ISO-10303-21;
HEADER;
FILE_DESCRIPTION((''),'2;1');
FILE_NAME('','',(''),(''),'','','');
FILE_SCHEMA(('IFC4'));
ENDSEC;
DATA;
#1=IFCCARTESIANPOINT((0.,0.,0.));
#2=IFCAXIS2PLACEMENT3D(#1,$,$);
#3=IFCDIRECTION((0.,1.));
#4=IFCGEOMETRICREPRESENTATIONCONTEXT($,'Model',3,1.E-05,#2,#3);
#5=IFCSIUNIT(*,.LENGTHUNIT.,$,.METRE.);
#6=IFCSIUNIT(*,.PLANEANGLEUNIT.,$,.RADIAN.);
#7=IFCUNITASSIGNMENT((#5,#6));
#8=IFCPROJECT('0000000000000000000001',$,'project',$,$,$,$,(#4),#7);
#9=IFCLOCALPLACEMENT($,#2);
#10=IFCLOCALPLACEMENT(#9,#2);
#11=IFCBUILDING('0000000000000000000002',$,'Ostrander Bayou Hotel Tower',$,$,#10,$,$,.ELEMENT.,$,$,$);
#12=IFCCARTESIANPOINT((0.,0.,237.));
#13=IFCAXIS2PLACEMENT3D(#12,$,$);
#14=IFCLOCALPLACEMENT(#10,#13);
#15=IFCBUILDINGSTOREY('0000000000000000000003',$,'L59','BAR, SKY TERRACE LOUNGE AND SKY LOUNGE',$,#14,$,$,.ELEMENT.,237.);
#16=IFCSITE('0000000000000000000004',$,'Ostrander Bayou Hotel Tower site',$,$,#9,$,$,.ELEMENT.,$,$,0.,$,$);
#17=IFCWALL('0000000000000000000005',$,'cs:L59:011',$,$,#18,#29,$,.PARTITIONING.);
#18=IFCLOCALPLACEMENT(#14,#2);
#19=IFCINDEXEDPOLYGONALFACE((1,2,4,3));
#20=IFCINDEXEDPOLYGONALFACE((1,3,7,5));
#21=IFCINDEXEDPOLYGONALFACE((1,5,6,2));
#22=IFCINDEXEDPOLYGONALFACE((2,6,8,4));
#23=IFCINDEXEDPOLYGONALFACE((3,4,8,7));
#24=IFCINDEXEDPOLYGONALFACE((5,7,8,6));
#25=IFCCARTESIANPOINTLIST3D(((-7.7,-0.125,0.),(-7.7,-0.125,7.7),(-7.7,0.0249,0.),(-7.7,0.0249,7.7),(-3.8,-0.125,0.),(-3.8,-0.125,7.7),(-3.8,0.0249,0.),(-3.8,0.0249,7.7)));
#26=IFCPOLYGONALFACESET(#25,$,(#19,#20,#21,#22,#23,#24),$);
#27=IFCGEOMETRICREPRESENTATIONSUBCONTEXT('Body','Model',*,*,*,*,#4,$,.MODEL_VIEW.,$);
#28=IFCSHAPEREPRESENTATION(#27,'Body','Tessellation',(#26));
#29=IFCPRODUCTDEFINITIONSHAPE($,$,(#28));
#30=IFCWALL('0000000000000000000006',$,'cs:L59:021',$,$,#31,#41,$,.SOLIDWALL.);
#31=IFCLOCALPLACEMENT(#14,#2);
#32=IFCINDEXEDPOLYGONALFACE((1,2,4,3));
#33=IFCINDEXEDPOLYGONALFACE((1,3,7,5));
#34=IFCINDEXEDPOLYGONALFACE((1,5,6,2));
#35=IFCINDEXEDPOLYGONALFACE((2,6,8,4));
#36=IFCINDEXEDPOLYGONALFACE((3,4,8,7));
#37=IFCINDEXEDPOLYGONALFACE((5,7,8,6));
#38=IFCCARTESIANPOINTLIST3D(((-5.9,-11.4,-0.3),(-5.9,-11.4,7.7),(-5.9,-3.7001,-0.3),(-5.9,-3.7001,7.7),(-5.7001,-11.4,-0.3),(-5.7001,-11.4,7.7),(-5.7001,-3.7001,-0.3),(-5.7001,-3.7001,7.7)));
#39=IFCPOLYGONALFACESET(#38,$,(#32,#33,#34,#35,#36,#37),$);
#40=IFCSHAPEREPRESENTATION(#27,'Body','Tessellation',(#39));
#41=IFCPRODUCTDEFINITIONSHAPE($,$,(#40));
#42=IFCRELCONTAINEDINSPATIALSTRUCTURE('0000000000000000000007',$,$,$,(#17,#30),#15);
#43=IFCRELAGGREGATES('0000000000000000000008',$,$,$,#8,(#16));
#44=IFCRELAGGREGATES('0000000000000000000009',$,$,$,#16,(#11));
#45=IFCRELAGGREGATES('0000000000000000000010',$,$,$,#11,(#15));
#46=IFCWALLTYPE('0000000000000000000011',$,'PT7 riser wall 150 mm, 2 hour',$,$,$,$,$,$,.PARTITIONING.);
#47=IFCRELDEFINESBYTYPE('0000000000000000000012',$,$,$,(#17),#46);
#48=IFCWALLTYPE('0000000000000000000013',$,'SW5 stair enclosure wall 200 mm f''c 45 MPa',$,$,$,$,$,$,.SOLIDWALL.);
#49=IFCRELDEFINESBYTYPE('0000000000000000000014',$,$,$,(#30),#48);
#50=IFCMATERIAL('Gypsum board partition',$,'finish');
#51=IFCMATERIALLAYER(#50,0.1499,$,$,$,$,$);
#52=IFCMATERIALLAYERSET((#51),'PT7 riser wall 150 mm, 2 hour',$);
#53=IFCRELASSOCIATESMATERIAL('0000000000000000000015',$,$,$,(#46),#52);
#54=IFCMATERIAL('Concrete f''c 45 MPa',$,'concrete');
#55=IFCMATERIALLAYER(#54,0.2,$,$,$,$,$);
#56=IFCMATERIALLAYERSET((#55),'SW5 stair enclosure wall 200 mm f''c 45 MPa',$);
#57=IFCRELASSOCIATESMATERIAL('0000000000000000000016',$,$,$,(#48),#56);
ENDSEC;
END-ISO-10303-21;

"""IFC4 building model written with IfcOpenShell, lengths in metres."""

from ifc_helpers import new_model, si_unit, direction, frame, frame_2d, origin, place, context, subcontext, project, spatial, rectangle, extrude, material, layer, layer_set, type_object, element, save


model = new_model("IFC4")

# Units and contexts
model_context = context("Model", 3, precision=1e-05, world=origin(), true_north=direction((0.0, 1.0)))
body_context = subcontext(model_context, "Body", "Model", "MODEL_VIEW")
ifc_project = project(units=[si_unit("LENGTHUNIT", "METRE"), si_unit("PLANEANGLEUNIT", "RADIAN")], contexts=[model_context])

# Site, building, storey
site_placement = place(None, origin())
site = spatial("IfcSite", under=ifc_project, at=site_placement, Name="Ostrander Bayou Hotel Tower site", CompositionType="ELEMENT", RefElevation=0.0)
building_placement = place(site_placement, origin())
building = spatial("IfcBuilding", under=site, at=building_placement, Name="Ostrander Bayou Hotel Tower", CompositionType="ELEMENT")
storey_placement = place(building_placement, frame((0.0, 0.0, 237.0)))
storey = spatial("IfcBuildingStorey", under=building, at=storey_placement, Name="L59", Description="BAR, SKY TERRACE LOUNGE AND SKY LOUNGE", CompositionType="ELEMENT", Elevation=237.0)

# Walls
ifc_material_1 = material(Name="Gypsum board partition", Category="finish")
ifc_layer_1 = layer(ifc_material_1, 0.1499)
ifc_layer_set_1 = layer_set([ifc_layer_1], Name="PT7 riser wall 150 mm, 2 hour")
wall_type_1 = type_object("IfcWallType", Name="PT7 riser wall 150 mm, 2 hour", PredefinedType="PARTITIONING", material=ifc_layer_set_1)
wall_1_placement = place(storey_placement, frame((-7.7, -0.05, 0.0), z_axis=(0.0, 0.0, 1.0), x_axis=(1.0, 0.0, 0.0)))
element("IfcWall", 1, at=wall_1_placement, inside=storey, type_object=wall_type_1, Name="cs:L59:011", PredefinedType="PARTITIONING", context=body_context, shape_type="SweptSolid", body=[
    extrude(rectangle(XDim=3.8999, YDim=0.1499, at=frame_2d((1.95, 0.0))), origin(), (0.0, 0.0, 1.0), 7.7),
])
ifc_material_2 = material(Name="Concrete f'c 45 MPa", Category="concrete")
ifc_layer_2 = layer(ifc_material_2, 0.2)
ifc_layer_set_2 = layer_set([ifc_layer_2], Name="SW5 stair enclosure wall 200 mm f'c 45 MPa")
wall_type_2 = type_object("IfcWallType", Name="SW5 stair enclosure wall 200 mm f'c 45 MPa", PredefinedType="SOLIDWALL", material=ifc_layer_set_2)
wall_2_placement = place(storey_placement, frame((-5.8, -3.7, -0.3), z_axis=(0.0, 0.0, 1.0), x_axis=(0.0, -1.0, 0.0)))
element("IfcWall", 2, at=wall_2_placement, inside=storey, type_object=wall_type_2, Name="cs:L59:021", PredefinedType="SOLIDWALL", context=body_context, shape_type="SweptSolid", body=[
    extrude(rectangle(XDim=7.7, YDim=0.2, at=frame_2d((3.8501, 0.0))), origin(), (0.0, 0.0, 1.0), 8.0),
])

save(model, "model.ifc")
